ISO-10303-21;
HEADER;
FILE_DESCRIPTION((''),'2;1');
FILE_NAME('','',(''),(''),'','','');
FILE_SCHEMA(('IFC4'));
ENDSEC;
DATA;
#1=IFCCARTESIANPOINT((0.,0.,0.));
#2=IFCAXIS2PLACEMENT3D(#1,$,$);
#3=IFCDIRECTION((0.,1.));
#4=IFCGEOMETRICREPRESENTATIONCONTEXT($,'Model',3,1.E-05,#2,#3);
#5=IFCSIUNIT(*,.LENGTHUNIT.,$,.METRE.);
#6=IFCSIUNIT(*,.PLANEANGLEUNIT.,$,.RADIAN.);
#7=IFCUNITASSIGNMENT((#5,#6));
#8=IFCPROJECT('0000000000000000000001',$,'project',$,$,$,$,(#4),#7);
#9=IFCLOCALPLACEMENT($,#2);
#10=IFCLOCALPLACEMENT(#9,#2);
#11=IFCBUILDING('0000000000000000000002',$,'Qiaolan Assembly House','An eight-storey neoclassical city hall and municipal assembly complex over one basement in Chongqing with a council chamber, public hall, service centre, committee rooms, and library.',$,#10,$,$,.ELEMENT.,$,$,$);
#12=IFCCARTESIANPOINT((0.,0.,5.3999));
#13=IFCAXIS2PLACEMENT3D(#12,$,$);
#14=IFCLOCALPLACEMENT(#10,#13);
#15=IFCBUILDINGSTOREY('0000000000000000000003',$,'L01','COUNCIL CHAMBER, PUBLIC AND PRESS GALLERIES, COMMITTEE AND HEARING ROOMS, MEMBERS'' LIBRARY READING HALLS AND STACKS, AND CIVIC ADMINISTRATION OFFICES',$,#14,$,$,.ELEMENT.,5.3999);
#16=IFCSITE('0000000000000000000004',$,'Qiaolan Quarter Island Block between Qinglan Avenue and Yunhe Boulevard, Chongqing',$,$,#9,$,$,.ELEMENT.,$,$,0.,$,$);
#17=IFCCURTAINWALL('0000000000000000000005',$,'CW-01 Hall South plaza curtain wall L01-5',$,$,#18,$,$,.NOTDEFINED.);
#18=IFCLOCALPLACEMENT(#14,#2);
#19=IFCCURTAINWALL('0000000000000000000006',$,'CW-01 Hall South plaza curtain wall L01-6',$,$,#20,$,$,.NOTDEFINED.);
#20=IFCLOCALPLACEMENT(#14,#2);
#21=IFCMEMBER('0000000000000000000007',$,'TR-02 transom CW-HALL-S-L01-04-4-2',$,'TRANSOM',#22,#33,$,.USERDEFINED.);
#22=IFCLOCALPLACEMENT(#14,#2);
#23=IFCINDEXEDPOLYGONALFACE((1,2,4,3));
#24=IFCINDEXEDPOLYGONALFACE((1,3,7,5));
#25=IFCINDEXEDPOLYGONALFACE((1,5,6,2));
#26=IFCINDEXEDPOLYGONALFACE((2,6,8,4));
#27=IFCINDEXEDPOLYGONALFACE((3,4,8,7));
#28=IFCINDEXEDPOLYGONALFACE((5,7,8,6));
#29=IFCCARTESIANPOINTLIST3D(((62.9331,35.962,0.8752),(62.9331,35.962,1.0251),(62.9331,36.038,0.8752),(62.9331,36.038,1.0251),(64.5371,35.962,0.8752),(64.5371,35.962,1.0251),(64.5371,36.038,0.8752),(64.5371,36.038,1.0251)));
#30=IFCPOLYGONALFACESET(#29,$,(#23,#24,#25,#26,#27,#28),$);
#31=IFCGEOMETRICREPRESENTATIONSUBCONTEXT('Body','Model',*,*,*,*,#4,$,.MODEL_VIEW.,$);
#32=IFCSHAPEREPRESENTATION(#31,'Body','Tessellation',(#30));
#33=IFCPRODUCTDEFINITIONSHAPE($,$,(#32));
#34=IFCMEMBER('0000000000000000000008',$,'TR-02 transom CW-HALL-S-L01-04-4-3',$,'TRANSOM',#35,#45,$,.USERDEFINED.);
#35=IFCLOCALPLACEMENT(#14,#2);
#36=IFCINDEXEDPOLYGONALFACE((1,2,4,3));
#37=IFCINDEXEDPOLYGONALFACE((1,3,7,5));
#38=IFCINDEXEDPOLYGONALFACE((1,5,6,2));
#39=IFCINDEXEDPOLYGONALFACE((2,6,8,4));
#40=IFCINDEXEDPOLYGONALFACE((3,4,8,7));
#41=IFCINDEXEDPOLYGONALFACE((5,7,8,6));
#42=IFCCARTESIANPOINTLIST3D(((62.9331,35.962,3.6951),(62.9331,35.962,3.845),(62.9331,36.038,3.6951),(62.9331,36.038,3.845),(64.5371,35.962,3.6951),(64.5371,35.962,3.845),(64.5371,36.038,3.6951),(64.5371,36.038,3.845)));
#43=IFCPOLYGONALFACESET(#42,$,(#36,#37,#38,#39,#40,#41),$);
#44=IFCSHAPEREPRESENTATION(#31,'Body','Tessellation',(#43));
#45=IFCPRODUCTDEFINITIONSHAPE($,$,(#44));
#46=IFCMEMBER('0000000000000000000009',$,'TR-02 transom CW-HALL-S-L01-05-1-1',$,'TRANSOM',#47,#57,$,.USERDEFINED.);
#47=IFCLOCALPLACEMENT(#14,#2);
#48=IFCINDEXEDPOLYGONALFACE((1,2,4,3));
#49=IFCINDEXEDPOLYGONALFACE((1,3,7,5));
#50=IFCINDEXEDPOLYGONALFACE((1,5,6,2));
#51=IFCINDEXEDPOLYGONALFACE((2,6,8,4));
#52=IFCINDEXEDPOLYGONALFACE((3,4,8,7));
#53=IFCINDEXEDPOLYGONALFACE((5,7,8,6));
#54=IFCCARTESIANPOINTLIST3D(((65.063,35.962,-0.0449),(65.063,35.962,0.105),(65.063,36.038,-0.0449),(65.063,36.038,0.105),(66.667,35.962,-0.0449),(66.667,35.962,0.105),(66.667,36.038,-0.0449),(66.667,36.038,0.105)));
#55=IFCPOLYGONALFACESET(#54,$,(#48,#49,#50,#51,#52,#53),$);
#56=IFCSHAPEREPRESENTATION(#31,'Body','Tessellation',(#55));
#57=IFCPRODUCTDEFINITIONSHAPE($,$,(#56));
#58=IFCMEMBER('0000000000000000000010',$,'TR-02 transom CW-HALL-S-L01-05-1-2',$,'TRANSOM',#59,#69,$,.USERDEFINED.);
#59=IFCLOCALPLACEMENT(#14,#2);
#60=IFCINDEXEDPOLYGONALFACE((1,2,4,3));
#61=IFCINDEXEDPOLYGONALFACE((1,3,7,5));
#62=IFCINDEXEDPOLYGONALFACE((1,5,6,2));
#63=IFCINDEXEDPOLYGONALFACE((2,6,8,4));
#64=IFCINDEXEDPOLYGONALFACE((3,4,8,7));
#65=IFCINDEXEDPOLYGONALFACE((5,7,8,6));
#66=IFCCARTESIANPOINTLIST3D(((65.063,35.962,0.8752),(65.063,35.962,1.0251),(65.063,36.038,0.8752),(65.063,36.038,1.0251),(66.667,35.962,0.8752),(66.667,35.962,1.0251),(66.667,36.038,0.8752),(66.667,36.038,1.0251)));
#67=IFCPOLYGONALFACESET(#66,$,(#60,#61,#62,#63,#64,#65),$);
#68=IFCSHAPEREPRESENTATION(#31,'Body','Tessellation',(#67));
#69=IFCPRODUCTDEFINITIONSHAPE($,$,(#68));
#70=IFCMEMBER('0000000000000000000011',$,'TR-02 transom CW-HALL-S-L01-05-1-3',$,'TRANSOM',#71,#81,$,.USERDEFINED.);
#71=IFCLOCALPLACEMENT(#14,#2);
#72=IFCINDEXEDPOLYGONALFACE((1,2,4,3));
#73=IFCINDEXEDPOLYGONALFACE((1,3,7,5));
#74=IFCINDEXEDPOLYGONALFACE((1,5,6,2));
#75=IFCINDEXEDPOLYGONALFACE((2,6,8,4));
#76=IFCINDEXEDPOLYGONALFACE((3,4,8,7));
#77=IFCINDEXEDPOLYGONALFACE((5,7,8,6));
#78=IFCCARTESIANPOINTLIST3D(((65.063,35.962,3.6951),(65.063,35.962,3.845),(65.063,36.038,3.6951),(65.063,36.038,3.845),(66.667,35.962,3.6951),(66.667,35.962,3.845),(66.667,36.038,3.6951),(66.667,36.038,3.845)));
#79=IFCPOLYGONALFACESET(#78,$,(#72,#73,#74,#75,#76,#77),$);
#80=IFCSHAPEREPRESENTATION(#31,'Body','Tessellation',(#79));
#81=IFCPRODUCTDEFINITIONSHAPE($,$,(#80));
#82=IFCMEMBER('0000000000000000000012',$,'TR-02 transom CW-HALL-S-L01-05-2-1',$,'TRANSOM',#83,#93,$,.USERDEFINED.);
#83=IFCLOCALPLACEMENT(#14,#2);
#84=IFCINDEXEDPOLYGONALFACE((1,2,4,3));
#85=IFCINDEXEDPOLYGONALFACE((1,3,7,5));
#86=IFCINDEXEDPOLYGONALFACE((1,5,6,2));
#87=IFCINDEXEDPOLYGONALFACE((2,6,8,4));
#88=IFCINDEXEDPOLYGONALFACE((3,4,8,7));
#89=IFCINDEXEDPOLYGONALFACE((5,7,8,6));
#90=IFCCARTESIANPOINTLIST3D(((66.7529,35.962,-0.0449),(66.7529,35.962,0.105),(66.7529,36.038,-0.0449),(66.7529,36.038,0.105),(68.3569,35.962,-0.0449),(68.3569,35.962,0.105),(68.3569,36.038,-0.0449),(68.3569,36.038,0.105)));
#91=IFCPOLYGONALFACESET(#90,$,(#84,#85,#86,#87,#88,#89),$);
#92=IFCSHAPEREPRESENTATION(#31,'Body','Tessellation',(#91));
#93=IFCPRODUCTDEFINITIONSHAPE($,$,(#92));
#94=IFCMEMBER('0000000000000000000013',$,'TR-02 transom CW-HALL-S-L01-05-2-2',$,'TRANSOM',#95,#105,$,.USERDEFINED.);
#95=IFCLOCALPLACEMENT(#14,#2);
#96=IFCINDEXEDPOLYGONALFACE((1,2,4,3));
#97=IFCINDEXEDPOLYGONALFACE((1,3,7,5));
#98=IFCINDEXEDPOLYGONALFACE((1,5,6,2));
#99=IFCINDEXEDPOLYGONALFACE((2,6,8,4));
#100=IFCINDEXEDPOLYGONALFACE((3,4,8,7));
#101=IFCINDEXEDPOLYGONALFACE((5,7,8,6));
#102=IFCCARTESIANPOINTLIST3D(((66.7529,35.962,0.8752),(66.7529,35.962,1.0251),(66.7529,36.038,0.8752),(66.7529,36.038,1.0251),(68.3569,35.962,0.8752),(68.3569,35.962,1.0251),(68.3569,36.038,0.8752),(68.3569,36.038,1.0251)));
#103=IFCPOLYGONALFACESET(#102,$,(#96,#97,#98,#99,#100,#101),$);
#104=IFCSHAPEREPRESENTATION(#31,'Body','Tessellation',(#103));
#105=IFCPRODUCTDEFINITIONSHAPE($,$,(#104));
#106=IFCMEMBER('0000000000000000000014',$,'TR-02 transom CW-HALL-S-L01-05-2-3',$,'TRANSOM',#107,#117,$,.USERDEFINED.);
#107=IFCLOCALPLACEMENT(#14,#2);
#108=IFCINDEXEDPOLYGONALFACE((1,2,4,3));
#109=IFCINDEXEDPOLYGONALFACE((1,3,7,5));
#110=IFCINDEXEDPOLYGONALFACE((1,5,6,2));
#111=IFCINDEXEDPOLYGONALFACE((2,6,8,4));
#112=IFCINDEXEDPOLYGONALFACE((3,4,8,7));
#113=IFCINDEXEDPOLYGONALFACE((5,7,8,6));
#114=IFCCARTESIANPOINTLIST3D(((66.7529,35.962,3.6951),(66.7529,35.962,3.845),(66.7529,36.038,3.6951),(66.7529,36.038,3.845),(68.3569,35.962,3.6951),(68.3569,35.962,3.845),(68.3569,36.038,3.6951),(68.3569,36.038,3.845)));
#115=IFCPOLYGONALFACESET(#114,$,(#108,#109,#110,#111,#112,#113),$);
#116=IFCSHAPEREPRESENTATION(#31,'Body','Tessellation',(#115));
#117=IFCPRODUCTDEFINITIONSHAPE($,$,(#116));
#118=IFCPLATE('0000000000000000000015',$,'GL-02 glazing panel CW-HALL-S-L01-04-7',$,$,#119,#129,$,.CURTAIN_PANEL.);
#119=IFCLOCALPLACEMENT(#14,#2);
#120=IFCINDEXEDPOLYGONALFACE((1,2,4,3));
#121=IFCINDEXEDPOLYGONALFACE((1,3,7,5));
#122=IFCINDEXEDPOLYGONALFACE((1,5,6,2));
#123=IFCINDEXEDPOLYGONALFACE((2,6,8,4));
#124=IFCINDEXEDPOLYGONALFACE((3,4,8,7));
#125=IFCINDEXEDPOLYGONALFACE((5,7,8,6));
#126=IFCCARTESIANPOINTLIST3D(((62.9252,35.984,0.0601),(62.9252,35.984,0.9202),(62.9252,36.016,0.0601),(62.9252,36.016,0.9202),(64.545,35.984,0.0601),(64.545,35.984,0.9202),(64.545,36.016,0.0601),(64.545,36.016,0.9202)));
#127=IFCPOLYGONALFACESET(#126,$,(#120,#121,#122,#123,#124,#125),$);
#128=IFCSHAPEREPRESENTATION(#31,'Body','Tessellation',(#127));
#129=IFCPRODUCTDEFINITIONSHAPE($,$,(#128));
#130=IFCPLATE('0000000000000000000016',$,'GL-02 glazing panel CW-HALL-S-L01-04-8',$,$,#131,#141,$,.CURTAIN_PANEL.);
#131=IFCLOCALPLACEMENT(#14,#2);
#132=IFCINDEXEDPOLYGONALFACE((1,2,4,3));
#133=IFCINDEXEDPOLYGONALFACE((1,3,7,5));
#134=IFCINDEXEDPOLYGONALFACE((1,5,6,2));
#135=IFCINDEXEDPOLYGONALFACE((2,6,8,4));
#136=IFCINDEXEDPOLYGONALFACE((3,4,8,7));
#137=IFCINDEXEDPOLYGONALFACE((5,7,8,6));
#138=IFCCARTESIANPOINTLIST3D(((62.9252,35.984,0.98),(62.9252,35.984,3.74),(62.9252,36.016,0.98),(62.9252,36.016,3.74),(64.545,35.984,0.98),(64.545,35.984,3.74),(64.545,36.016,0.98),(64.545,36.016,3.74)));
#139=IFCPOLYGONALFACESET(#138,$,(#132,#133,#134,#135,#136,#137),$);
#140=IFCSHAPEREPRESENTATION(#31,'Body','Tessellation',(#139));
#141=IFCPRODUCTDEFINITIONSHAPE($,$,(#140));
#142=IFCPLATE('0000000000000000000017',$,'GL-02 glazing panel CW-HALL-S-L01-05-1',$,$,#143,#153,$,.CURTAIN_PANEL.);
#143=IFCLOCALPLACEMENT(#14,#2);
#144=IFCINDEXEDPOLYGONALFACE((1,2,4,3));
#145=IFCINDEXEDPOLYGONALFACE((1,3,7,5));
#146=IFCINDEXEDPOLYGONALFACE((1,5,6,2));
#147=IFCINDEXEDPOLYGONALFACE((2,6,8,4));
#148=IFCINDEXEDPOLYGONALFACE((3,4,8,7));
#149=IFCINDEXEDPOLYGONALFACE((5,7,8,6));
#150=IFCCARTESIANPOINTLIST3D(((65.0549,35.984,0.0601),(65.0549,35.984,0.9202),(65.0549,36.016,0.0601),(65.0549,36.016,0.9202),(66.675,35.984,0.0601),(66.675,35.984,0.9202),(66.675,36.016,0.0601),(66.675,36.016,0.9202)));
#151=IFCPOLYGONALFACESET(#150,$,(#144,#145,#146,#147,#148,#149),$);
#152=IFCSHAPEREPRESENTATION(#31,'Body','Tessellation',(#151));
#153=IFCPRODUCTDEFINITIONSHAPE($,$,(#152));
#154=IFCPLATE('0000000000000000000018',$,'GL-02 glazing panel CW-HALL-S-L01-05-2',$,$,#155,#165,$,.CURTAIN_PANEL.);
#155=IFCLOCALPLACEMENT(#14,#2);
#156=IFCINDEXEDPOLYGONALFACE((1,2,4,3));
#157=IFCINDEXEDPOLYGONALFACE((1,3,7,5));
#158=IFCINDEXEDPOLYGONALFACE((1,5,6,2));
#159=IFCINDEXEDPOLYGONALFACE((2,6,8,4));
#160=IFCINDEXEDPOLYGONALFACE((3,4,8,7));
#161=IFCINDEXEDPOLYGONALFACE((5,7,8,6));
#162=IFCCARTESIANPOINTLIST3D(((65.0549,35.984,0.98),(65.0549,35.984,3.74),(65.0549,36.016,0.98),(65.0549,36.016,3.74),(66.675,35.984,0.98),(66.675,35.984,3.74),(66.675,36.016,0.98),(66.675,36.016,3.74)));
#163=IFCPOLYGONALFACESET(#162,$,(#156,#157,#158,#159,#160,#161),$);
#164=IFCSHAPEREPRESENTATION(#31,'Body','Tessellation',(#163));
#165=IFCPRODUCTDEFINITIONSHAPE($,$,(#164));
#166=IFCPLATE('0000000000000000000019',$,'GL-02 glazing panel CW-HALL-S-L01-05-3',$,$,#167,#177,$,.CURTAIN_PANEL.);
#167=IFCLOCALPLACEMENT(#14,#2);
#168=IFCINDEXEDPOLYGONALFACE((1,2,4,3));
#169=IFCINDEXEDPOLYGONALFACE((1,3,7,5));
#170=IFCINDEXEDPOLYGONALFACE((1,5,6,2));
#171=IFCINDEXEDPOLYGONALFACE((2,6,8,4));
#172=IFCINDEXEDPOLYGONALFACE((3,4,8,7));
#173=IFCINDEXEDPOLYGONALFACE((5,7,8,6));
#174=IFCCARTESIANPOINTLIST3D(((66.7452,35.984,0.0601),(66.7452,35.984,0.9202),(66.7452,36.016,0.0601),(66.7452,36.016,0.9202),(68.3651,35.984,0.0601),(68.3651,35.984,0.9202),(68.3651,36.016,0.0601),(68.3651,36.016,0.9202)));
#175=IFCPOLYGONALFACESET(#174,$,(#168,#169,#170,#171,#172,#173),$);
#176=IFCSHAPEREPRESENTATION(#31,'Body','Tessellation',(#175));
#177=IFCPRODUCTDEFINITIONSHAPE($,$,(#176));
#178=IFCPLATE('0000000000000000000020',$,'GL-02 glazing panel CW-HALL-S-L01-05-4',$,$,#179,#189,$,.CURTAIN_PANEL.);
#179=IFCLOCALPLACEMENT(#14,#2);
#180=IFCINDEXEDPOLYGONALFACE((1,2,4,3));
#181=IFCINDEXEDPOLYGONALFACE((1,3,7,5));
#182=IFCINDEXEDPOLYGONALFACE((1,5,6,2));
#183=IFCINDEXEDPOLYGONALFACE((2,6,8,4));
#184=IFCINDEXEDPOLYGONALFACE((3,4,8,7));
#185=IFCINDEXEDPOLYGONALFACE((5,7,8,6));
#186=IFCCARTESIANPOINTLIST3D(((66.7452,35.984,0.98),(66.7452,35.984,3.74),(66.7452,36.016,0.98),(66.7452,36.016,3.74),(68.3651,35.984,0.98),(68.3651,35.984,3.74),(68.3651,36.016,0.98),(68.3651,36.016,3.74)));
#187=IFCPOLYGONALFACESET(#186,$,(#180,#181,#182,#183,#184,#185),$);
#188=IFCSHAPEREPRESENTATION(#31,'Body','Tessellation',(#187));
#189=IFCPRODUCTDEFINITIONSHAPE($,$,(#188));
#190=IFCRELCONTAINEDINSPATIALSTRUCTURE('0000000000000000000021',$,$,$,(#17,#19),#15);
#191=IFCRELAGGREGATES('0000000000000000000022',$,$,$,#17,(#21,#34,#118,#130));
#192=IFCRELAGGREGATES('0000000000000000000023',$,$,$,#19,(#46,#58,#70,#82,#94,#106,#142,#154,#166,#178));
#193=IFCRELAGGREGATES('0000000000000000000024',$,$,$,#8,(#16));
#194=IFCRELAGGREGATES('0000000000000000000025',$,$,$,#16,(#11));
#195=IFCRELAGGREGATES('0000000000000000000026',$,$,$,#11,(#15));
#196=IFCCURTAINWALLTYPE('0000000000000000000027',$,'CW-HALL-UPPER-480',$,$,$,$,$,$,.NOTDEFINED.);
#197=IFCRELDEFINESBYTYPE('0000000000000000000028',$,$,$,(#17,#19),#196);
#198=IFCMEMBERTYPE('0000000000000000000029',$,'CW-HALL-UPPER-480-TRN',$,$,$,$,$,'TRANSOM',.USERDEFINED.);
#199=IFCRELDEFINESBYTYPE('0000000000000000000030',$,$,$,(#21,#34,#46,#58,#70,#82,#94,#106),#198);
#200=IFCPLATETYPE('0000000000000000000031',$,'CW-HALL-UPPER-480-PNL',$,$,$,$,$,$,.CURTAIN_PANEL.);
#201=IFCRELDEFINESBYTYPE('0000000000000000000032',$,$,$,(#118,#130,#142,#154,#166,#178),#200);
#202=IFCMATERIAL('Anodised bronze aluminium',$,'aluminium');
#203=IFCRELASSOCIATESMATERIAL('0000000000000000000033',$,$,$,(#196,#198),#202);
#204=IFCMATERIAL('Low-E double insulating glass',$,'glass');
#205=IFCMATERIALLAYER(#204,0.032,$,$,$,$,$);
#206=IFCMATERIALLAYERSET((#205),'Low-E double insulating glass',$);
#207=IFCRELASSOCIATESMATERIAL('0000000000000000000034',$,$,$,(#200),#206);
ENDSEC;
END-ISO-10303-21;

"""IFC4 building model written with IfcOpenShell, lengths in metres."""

from ifc_helpers import new_model, si_unit, direction, frame, frame_2d, origin, origin_2d, place, context, subcontext, project, spatial, rectangle, extrude, material, layer, layer_set, material_profile, profile_set, type_object, element, aggregate, save


model = new_model("IFC4")

# Units and contexts
model_context = context("Model", 3, precision=1e-05, world=origin(), true_north=direction((0.0, 1.0)))
body_context = subcontext(model_context, "Body", "Model", "MODEL_VIEW")
ifc_project = project(units=[si_unit("LENGTHUNIT", "METRE"), si_unit("PLANEANGLEUNIT", "RADIAN")], contexts=[model_context])

# Site, building, storey
site_placement = place(None, origin())
site = spatial("IfcSite", under=ifc_project, at=site_placement, Name="Qiaolan Quarter Island Block between Qinglan Avenue and Yunhe Boulevard, Chongqing", CompositionType="ELEMENT", RefElevation=0.0)
building_placement = place(site_placement, origin())
building = spatial("IfcBuilding", under=site, at=building_placement, Name="Qiaolan Assembly House", Description="An eight-storey neoclassical city hall and municipal assembly complex over one basement in Chongqing with a council chamber, public hall, service centre, committee rooms, and library.", CompositionType="ELEMENT")
storey_placement = place(building_placement, frame((0.0, 0.0, 5.3999)))
storey = spatial("IfcBuildingStorey", under=building, at=storey_placement, Name="L01", Description="COUNCIL CHAMBER, PUBLIC AND PRESS GALLERIES, COMMITTEE AND HEARING ROOMS, MEMBERS' LIBRARY READING HALLS AND STACKS, AND CIVIC ADMINISTRATION OFFICES", CompositionType="ELEMENT", Elevation=5.3999)

# Curtain walls
ifc_material_1 = material(Name="Anodised bronze aluminium", Category="aluminium")
curtain_wall_type = type_object("IfcCurtainWallType", Name="CW-HALL-UPPER-480", PredefinedType="NOTDEFINED", material=ifc_material_1)
curtain_wall_1_placement = place(storey_placement, origin())
curtain_wall_1 = element("IfcCurtainWall", 1, at=curtain_wall_1_placement, inside=storey, type_object=curtain_wall_type, Name="CW-01 Hall South plaza curtain wall L01-5", PredefinedType="NOTDEFINED")
curtain_wall_2_placement = place(storey_placement, origin())
curtain_wall_2 = element("IfcCurtainWall", 2, at=curtain_wall_2_placement, inside=storey, type_object=curtain_wall_type, Name="CW-01 Hall South plaza curtain wall L01-6", PredefinedType="NOTDEFINED")

# Members
ifc_material_profile_1 = material_profile(ifc_material_1, rectangle(XDim=0.0759, YDim=0.1499, at=origin_2d()), Name="TRN 76x150")
ifc_profile_set_1 = profile_set([ifc_material_profile_1], Name="Anodised bronze aluminium")
member_type_1 = type_object("IfcMemberType", Name="CW-HALL-UPPER-480-TRN", ElementType="TRANSOM", PredefinedType="USERDEFINED", material=ifc_profile_set_1)
member_1_placement = place(storey_placement, frame((62.9331, 36.0, 0.9502), z_axis=(1.0, 0.0, 0.0), x_axis=(0.0, 1.0, 0.0)))
member_1 = element("IfcMember", 3, at=member_1_placement, type_object=member_type_1, Name="TR-02 transom CW-HALL-S-L01-04-4-2", ObjectType="TRANSOM", PredefinedType="USERDEFINED", context=body_context, shape_type="SweptSolid", body=[
    extrude(rectangle(XDim=0.0759, YDim=0.1499, at=origin_2d()), origin(), (0.0, 0.0, 1.0), 1.604),
])
member_2_placement = place(storey_placement, frame((62.9331, 36.0, 3.77), z_axis=(1.0, 0.0, 0.0), x_axis=(0.0, 1.0, 0.0)))
member_2 = element("IfcMember", 4, at=member_2_placement, type_object=member_type_1, Name="TR-02 transom CW-HALL-S-L01-04-4-3", ObjectType="TRANSOM", PredefinedType="USERDEFINED", context=body_context, shape_type="SweptSolid", body=[
    extrude(rectangle(XDim=0.0759, YDim=0.1499, at=origin_2d()), origin(), (0.0, 0.0, 1.0), 1.604),
])
member_3_placement = place(storey_placement, frame((65.063, 36.0, 0.03), z_axis=(1.0, 0.0, 0.0), x_axis=(0.0, 1.0, 0.0)))
member_3 = element("IfcMember", 5, at=member_3_placement, type_object=member_type_1, Name="TR-02 transom CW-HALL-S-L01-05-1-1", ObjectType="TRANSOM", PredefinedType="USERDEFINED", context=body_context, shape_type="SweptSolid", body=[
    extrude(rectangle(XDim=0.0759, YDim=0.1499, at=origin_2d()), origin(), (0.0, 0.0, 1.0), 1.604),
])
member_4_placement = place(storey_placement, frame((65.063, 36.0, 0.9502), z_axis=(1.0, 0.0, 0.0), x_axis=(0.0, 1.0, 0.0)))
member_4 = element("IfcMember", 6, at=member_4_placement, type_object=member_type_1, Name="TR-02 transom CW-HALL-S-L01-05-1-2", ObjectType="TRANSOM", PredefinedType="USERDEFINED", context=body_context, shape_type="SweptSolid", body=[
    extrude(rectangle(XDim=0.0759, YDim=0.1499, at=origin_2d()), origin(), (0.0, 0.0, 1.0), 1.604),
])
member_5_placement = place(storey_placement, frame((65.063, 36.0, 3.77), z_axis=(1.0, 0.0, 0.0), x_axis=(0.0, 1.0, 0.0)))
member_5 = element("IfcMember", 7, at=member_5_placement, type_object=member_type_1, Name="TR-02 transom CW-HALL-S-L01-05-1-3", ObjectType="TRANSOM", PredefinedType="USERDEFINED", context=body_context, shape_type="SweptSolid", body=[
    extrude(rectangle(XDim=0.0759, YDim=0.1499, at=origin_2d()), origin(), (0.0, 0.0, 1.0), 1.604),
])
member_6_placement = place(storey_placement, frame((66.7529, 36.0, 0.03), z_axis=(1.0, 0.0, 0.0), x_axis=(0.0, 1.0, 0.0)))
member_6 = element("IfcMember", 8, at=member_6_placement, type_object=member_type_1, Name="TR-02 transom CW-HALL-S-L01-05-2-1", ObjectType="TRANSOM", PredefinedType="USERDEFINED", context=body_context, shape_type="SweptSolid", body=[
    extrude(rectangle(XDim=0.0759, YDim=0.1499, at=origin_2d()), origin(), (0.0, 0.0, 1.0), 1.604),
])
member_7_placement = place(storey_placement, frame((66.7529, 36.0, 0.9502), z_axis=(1.0, 0.0, 0.0), x_axis=(0.0, 1.0, 0.0)))
member_7 = element("IfcMember", 9, at=member_7_placement, type_object=member_type_1, Name="TR-02 transom CW-HALL-S-L01-05-2-2", ObjectType="TRANSOM", PredefinedType="USERDEFINED", context=body_context, shape_type="SweptSolid", body=[
    extrude(rectangle(XDim=0.0759, YDim=0.1499, at=origin_2d()), origin(), (0.0, 0.0, 1.0), 1.604),
])
member_8_placement = place(storey_placement, frame((66.7529, 36.0, 3.77), z_axis=(1.0, 0.0, 0.0), x_axis=(0.0, 1.0, 0.0)))
member_8 = element("IfcMember", 10, at=member_8_placement, type_object=member_type_1, Name="TR-02 transom CW-HALL-S-L01-05-2-3", ObjectType="TRANSOM", PredefinedType="USERDEFINED", context=body_context, shape_type="SweptSolid", body=[
    extrude(rectangle(XDim=0.0759, YDim=0.1499, at=origin_2d()), origin(), (0.0, 0.0, 1.0), 1.604),
])

# Plates
ifc_material_2 = material(Name="Low-E double insulating glass", Category="glass")
ifc_layer = layer(ifc_material_2, 0.032)
ifc_layer_set = layer_set([ifc_layer], Name="Low-E double insulating glass")
plate_type = type_object("IfcPlateType", Name="CW-HALL-UPPER-480-PNL", PredefinedType="CURTAIN_PANEL", material=ifc_layer_set)
plate_1_placement = place(storey_placement, frame((62.925, 36.0, 0.0601), z_axis=(0.0, 0.0, 1.0), x_axis=(1.0, 0.0, 0.0)))
plate_1 = element("IfcPlate", 11, at=plate_1_placement, type_object=plate_type, Name="GL-02 glazing panel CW-HALL-S-L01-04-7", PredefinedType="CURTAIN_PANEL", context=body_context, shape_type="SweptSolid", body=[
    extrude(rectangle(XDim=1.6199, YDim=0.032, at=frame_2d((0.8101, 0.0))), origin(), (0.0, 0.0, 1.0), 0.8601),
])
plate_2_placement = place(storey_placement, frame((62.925, 36.0, 0.98), z_axis=(0.0, 0.0, 1.0), x_axis=(1.0, 0.0, 0.0)))
plate_2 = element("IfcPlate", 12, at=plate_2_placement, type_object=plate_type, Name="GL-02 glazing panel CW-HALL-S-L01-04-8", PredefinedType="CURTAIN_PANEL", context=body_context, shape_type="SweptSolid", body=[
    extrude(rectangle(XDim=1.6199, YDim=0.032, at=frame_2d((0.8101, 0.0))), origin(), (0.0, 0.0, 1.0), 2.76),
])
aggregate(curtain_wall_1, [member_1, member_2, plate_1, plate_2])
plate_3_placement = place(storey_placement, frame((65.0549, 36.0, 0.0601), z_axis=(0.0, 0.0, 1.0), x_axis=(1.0, 0.0, 0.0)))
plate_3 = element("IfcPlate", 13, at=plate_3_placement, type_object=plate_type, Name="GL-02 glazing panel CW-HALL-S-L01-05-1", PredefinedType="CURTAIN_PANEL", context=body_context, shape_type="SweptSolid", body=[
    extrude(rectangle(XDim=1.6201, YDim=0.032, at=frame_2d((0.8101, 0.0))), origin(), (0.0, 0.0, 1.0), 0.8601),
])
plate_4_placement = place(storey_placement, frame((65.0549, 36.0, 0.98), z_axis=(0.0, 0.0, 1.0), x_axis=(1.0, 0.0, 0.0)))
plate_4 = element("IfcPlate", 14, at=plate_4_placement, type_object=plate_type, Name="GL-02 glazing panel CW-HALL-S-L01-05-2", PredefinedType="CURTAIN_PANEL", context=body_context, shape_type="SweptSolid", body=[
    extrude(rectangle(XDim=1.6201, YDim=0.032, at=frame_2d((0.8101, 0.0))), origin(), (0.0, 0.0, 1.0), 2.76),
])
plate_5_placement = place(storey_placement, frame((66.7451, 36.0, 0.0601), z_axis=(0.0, 0.0, 1.0), x_axis=(1.0, 0.0, 0.0)))
plate_5 = element("IfcPlate", 15, at=plate_5_placement, type_object=plate_type, Name="GL-02 glazing panel CW-HALL-S-L01-05-3", PredefinedType="CURTAIN_PANEL", context=body_context, shape_type="SweptSolid", body=[
    extrude(rectangle(XDim=1.6199, YDim=0.032, at=frame_2d((0.8101, 0.0))), origin(), (0.0, 0.0, 1.0), 0.8601),
])
plate_6_placement = place(storey_placement, frame((66.7451, 36.0, 0.98), z_axis=(0.0, 0.0, 1.0), x_axis=(1.0, 0.0, 0.0)))
plate_6 = element("IfcPlate", 16, at=plate_6_placement, type_object=plate_type, Name="GL-02 glazing panel CW-HALL-S-L01-05-4", PredefinedType="CURTAIN_PANEL", context=body_context, shape_type="SweptSolid", body=[
    extrude(rectangle(XDim=1.6199, YDim=0.032, at=frame_2d((0.8101, 0.0))), origin(), (0.0, 0.0, 1.0), 2.76),
])
aggregate(curtain_wall_2, [member_3, member_4, member_5, member_6, member_7, member_8, plate_3, plate_4, plate_5, plate_6])

save(model, "model.ifc")
